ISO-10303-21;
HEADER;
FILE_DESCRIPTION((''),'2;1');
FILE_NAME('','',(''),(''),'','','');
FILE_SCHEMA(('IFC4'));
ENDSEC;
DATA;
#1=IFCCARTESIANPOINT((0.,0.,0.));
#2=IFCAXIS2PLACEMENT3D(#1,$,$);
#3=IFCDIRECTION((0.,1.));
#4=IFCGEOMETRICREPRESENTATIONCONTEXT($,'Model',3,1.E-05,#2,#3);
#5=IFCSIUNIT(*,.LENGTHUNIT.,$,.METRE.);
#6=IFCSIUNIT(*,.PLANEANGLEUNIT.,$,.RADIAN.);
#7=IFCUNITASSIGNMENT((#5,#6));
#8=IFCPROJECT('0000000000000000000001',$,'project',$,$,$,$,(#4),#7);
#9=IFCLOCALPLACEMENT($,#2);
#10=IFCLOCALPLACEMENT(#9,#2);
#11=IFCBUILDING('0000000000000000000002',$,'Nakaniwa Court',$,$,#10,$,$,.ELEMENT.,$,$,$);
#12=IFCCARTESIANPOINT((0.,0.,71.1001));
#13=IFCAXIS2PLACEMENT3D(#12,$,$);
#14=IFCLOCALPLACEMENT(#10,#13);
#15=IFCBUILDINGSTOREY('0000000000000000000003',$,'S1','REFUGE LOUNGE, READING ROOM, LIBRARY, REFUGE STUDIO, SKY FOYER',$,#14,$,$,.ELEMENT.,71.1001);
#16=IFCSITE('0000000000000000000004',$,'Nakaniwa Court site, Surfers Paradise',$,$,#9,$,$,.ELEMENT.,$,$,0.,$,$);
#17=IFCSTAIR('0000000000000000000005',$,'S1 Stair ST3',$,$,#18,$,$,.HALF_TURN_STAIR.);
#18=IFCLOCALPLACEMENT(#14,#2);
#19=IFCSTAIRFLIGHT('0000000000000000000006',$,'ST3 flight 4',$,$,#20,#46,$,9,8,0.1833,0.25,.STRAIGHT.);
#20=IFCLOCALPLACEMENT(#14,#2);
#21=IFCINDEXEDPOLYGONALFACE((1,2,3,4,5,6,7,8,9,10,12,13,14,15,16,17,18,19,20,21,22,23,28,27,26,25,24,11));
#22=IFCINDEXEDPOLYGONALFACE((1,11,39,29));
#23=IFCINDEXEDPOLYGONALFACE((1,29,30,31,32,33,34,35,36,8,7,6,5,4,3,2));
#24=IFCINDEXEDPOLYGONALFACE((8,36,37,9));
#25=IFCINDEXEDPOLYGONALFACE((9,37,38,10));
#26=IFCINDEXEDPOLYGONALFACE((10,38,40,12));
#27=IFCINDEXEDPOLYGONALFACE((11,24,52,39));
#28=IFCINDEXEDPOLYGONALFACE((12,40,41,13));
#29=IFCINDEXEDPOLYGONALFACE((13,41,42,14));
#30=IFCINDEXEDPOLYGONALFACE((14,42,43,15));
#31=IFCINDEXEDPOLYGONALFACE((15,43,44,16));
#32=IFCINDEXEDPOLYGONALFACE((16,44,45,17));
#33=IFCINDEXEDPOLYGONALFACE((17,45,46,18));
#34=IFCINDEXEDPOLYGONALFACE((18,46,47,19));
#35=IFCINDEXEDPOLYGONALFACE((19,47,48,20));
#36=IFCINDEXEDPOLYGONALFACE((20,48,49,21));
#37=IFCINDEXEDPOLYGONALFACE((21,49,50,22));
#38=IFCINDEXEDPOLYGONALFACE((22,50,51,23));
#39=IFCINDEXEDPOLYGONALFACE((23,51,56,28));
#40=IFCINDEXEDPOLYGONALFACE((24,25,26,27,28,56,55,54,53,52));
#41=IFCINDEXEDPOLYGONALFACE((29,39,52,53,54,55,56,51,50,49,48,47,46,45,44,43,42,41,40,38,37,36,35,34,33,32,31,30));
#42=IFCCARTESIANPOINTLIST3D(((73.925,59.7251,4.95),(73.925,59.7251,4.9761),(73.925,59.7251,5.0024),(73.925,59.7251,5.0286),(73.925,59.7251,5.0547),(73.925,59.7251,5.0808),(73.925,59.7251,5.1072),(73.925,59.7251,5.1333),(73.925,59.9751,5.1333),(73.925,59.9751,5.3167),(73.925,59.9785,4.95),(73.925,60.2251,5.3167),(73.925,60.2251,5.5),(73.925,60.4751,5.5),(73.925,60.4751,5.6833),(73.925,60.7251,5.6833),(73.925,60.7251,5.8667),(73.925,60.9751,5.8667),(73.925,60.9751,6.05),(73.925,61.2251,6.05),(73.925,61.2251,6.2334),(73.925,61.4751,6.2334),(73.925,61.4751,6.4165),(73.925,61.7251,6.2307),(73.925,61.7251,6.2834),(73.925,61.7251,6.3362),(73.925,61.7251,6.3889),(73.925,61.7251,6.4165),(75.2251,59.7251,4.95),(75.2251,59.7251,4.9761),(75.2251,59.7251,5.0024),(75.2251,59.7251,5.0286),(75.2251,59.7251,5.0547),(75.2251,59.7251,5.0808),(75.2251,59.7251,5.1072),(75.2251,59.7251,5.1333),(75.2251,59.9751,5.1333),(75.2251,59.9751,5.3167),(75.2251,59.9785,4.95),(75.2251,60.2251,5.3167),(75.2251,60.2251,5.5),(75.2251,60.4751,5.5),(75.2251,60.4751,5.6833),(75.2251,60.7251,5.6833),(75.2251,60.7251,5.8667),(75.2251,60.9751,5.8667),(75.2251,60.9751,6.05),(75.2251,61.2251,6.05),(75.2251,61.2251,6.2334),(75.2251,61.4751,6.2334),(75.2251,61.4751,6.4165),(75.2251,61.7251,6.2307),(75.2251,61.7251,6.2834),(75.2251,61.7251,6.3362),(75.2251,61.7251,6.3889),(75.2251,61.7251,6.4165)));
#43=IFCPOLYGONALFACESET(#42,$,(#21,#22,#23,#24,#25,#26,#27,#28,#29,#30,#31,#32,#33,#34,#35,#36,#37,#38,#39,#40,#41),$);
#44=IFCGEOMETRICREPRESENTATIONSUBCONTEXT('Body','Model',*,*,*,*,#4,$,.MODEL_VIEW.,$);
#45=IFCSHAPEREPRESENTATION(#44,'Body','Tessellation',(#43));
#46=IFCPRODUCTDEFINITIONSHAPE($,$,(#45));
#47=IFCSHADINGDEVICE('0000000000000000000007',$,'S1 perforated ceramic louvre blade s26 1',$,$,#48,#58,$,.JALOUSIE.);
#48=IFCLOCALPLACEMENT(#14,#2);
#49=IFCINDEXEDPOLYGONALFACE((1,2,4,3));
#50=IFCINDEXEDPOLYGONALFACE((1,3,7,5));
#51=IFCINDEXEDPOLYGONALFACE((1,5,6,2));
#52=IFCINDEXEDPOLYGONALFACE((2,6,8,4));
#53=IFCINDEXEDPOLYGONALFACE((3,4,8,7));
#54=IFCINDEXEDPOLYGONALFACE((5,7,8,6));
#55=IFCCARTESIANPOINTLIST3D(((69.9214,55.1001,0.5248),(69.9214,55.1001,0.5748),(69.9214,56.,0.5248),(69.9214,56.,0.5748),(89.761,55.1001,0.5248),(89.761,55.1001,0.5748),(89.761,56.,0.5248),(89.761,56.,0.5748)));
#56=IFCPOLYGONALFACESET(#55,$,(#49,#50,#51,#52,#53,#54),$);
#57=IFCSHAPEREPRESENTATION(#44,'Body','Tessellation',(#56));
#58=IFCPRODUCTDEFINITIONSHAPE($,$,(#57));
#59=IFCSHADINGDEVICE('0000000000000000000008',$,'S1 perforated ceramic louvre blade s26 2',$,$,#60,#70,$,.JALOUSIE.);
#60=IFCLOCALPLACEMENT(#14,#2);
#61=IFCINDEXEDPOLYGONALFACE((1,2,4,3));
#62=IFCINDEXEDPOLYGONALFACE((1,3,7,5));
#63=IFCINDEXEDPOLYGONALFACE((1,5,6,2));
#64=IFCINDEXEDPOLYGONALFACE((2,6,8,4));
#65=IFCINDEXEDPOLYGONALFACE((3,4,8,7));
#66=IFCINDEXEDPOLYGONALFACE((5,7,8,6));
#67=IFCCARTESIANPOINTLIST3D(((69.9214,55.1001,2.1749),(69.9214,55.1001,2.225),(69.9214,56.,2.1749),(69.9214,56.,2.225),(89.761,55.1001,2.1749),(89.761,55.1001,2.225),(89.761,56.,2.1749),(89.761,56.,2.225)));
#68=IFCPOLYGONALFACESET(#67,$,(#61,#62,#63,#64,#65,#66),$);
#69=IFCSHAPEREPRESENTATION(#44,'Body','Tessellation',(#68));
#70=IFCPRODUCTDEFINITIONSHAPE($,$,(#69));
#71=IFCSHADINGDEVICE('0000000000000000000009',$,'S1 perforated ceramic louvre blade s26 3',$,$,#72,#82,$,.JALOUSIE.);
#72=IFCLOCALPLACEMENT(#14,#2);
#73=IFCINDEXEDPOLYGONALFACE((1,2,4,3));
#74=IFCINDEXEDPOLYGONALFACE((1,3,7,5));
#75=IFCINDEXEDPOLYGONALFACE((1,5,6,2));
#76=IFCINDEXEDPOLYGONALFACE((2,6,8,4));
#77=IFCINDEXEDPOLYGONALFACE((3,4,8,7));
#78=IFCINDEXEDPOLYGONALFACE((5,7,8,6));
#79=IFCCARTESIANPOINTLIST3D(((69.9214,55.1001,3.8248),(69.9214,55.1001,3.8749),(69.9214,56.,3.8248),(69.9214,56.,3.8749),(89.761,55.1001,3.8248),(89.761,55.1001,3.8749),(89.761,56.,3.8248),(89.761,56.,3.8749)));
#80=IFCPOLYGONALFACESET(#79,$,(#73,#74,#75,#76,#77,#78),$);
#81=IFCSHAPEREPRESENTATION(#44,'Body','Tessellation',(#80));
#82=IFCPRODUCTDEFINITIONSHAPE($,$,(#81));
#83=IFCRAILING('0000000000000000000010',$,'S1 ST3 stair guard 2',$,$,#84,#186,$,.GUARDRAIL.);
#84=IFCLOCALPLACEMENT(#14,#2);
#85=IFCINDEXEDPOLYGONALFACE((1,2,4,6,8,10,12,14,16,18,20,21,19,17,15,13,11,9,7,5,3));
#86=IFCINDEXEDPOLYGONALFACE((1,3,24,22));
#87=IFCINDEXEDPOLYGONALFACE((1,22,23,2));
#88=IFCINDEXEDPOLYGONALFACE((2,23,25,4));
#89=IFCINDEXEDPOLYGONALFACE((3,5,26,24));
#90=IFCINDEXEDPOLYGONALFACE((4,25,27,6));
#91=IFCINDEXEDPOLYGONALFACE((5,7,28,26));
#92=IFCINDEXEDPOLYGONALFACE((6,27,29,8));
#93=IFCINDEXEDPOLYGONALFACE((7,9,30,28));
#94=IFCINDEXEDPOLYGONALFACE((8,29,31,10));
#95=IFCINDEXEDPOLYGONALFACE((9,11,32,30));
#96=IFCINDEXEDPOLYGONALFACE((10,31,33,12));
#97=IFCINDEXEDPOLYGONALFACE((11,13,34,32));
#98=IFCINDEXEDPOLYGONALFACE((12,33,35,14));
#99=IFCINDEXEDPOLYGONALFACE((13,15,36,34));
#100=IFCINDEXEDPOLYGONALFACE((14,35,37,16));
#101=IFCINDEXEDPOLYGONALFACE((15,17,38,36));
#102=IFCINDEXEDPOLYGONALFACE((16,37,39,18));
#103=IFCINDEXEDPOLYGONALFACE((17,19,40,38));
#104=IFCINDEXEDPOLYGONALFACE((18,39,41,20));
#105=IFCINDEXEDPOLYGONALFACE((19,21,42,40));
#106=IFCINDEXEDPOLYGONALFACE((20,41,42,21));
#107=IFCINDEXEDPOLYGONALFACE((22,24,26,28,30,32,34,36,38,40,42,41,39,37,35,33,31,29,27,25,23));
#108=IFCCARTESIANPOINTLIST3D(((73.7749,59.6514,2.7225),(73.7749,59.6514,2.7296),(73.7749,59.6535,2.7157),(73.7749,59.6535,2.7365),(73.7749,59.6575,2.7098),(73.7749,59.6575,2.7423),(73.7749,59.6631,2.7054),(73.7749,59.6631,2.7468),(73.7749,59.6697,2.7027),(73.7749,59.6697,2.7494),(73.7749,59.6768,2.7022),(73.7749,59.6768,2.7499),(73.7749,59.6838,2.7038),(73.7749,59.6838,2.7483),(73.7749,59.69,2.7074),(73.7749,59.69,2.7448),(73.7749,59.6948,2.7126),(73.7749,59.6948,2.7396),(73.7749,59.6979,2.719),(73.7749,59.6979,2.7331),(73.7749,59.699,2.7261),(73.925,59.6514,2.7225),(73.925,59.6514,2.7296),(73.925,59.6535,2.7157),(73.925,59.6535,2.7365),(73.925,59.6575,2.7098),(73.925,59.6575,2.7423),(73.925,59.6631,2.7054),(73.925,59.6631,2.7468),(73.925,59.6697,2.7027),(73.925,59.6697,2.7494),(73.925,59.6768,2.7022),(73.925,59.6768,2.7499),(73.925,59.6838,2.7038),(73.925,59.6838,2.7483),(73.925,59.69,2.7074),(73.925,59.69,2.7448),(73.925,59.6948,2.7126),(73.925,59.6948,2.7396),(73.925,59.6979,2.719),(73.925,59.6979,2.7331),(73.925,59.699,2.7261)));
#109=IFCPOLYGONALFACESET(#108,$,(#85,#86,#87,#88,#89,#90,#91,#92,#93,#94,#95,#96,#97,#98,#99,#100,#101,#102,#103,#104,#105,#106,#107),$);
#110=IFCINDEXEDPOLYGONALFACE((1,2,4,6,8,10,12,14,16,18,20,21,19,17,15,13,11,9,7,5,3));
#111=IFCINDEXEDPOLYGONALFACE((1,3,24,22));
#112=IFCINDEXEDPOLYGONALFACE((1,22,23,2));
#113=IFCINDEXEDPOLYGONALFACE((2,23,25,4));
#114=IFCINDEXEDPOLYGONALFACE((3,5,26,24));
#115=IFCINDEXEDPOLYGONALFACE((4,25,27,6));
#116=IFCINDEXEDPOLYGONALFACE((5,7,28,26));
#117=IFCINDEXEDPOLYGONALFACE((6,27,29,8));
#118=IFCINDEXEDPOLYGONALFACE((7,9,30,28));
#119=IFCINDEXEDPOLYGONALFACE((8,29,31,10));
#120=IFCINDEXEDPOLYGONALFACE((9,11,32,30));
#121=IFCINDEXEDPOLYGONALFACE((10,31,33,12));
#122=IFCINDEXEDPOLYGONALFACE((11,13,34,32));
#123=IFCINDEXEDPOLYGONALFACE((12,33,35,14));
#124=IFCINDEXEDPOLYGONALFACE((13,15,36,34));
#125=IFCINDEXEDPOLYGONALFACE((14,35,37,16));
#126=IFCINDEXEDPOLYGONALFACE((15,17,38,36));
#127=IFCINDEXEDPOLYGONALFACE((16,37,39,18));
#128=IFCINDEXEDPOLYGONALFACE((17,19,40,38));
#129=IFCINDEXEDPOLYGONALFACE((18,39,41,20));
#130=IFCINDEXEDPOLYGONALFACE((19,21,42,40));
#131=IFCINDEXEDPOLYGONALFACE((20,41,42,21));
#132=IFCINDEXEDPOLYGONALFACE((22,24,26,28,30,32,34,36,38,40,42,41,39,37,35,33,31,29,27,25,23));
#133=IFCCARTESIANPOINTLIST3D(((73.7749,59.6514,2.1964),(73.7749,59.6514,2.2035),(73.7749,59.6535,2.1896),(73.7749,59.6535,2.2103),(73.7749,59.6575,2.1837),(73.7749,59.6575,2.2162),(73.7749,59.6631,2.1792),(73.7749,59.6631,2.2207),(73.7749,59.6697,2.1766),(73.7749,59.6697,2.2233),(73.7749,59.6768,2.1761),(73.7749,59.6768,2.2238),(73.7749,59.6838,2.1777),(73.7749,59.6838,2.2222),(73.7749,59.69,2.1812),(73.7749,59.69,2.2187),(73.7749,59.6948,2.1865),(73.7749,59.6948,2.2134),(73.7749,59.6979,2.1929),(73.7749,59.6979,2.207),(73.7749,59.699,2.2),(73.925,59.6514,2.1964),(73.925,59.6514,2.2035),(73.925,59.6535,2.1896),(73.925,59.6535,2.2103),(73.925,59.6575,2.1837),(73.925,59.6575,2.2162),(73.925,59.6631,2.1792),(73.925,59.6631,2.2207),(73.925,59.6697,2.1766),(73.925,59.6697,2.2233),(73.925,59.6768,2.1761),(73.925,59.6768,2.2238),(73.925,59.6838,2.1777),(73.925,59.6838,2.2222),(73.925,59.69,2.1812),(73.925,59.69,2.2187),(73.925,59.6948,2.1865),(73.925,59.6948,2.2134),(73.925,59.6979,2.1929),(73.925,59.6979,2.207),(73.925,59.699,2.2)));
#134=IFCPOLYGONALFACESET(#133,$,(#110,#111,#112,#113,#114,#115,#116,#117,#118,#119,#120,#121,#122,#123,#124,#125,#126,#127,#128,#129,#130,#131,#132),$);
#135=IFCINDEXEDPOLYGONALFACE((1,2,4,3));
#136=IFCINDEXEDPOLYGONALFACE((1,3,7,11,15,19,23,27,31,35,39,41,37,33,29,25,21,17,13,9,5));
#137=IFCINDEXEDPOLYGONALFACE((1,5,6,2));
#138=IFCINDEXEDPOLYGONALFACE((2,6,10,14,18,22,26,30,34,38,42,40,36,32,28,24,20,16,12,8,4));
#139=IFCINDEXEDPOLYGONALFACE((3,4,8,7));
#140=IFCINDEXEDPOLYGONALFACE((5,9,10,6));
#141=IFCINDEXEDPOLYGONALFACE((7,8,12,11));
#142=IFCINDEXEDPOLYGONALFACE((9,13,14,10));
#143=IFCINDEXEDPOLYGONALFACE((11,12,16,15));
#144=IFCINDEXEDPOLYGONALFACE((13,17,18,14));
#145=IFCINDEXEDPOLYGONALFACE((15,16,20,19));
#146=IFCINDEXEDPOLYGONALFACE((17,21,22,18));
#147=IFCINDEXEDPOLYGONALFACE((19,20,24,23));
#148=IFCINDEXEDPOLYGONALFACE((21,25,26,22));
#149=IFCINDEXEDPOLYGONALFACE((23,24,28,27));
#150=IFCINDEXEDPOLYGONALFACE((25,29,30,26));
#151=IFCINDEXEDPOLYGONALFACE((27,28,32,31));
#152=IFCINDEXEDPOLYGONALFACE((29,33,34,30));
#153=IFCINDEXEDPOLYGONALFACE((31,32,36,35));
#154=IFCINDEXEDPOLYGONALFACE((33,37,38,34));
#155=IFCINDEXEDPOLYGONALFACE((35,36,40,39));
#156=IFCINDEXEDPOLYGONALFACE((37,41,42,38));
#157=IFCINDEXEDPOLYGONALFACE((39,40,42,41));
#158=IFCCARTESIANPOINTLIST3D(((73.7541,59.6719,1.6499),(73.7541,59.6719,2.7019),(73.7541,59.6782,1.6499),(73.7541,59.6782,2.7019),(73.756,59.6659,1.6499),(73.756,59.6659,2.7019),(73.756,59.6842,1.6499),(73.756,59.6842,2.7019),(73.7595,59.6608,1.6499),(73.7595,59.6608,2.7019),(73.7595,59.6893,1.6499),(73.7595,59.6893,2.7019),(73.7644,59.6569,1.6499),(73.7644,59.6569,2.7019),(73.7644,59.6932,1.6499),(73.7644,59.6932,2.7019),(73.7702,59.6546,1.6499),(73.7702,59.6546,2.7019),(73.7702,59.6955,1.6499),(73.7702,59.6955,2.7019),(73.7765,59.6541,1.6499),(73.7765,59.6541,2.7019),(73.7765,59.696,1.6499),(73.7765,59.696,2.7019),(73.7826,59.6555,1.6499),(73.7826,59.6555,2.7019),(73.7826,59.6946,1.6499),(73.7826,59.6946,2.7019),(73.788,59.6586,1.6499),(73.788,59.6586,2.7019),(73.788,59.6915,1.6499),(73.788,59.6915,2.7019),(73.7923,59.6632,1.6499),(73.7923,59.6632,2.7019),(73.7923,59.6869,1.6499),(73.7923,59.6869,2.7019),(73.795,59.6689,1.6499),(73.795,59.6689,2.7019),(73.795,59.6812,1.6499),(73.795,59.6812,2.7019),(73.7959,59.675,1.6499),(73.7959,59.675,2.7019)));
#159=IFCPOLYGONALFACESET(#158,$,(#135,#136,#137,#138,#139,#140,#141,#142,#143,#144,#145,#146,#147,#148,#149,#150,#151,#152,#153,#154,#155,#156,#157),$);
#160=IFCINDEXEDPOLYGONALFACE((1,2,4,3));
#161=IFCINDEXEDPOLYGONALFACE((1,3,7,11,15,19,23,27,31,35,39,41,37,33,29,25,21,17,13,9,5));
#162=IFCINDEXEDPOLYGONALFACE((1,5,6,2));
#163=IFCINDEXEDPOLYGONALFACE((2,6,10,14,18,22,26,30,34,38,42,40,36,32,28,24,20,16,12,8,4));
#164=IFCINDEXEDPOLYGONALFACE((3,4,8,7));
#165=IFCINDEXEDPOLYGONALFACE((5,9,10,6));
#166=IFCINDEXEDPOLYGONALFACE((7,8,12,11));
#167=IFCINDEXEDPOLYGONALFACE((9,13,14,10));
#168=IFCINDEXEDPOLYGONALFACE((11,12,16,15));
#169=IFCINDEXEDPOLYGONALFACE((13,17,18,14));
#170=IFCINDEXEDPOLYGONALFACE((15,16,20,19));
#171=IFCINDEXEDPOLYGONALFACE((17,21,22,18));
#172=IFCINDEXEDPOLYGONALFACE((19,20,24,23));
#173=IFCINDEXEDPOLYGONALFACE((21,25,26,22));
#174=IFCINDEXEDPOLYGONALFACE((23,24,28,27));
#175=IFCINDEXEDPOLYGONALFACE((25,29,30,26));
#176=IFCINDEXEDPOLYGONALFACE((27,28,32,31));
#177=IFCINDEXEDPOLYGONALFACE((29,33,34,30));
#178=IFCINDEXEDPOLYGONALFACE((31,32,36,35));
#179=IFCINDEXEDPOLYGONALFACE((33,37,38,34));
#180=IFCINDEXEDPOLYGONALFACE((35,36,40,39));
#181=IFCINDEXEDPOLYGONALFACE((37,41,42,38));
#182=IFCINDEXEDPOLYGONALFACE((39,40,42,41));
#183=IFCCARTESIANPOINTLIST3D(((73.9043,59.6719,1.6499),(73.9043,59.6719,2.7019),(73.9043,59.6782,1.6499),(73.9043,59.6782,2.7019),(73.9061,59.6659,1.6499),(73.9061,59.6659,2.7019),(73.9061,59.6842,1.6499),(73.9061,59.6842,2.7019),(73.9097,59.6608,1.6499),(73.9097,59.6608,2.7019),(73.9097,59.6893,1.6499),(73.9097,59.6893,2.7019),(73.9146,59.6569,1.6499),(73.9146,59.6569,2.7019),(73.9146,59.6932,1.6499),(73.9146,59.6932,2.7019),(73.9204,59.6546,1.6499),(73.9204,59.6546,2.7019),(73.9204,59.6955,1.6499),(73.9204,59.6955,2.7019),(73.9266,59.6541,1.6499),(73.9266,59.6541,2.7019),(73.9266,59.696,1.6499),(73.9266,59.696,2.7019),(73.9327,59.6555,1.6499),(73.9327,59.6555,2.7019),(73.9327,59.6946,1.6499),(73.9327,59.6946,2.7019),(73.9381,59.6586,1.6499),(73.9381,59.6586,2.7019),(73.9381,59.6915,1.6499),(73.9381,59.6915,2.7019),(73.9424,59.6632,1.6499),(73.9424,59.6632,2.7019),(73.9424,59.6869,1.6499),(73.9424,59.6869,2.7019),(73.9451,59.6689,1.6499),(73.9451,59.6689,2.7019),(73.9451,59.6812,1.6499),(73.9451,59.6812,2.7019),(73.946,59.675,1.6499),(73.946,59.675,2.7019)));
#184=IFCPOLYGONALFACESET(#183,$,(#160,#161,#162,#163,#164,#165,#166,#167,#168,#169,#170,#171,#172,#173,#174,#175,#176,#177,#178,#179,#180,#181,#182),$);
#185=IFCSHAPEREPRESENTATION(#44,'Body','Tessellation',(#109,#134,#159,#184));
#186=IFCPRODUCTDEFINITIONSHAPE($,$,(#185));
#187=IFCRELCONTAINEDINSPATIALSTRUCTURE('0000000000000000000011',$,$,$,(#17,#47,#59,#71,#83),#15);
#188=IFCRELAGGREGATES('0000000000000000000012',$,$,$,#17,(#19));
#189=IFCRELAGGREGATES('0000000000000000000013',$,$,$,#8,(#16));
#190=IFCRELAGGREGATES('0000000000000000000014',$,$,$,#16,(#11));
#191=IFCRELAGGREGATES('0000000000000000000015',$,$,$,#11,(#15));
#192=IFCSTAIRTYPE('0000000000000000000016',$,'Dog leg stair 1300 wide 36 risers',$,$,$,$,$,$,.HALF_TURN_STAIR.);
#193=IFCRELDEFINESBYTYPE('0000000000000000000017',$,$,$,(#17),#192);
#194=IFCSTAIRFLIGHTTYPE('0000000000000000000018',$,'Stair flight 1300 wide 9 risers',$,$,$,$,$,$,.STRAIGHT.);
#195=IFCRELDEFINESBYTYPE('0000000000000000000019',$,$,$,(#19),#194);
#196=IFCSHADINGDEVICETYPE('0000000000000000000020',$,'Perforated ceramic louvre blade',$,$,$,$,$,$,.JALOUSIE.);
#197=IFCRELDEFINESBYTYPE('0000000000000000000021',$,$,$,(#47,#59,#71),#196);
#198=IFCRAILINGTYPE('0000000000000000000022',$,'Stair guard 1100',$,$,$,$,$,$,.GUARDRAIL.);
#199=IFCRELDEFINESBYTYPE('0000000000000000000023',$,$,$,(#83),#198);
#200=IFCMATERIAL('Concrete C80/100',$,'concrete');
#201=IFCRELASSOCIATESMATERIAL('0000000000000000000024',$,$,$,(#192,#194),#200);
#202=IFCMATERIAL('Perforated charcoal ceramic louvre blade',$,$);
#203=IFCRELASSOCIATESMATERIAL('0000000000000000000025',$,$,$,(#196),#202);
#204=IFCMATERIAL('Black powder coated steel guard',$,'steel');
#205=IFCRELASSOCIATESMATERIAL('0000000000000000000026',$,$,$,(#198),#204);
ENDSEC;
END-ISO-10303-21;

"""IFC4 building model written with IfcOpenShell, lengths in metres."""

from ifc_helpers import new_model, si_unit, direction, frame, origin, origin_2d, place, context, subcontext, project, spatial, polyline, rectangle, circle, outline, extrude, material, material_profile, profile_set, type_object, element, aggregate, save


model = new_model("IFC4")

# Units and contexts
model_context = context("Model", 3, precision=1e-05, world=origin(), true_north=direction((0.0, 1.0)))
body_context = subcontext(model_context, "Body", "Model", "MODEL_VIEW")
ifc_project = project(units=[si_unit("LENGTHUNIT", "METRE"), si_unit("PLANEANGLEUNIT", "RADIAN")], contexts=[model_context])

# Site, building, storey
site_placement = place(None, origin())
site = spatial("IfcSite", under=ifc_project, at=site_placement, Name="Nakaniwa Court site, Surfers Paradise", CompositionType="ELEMENT", RefElevation=0.0)
building_placement = place(site_placement, origin())
building = spatial("IfcBuilding", under=site, at=building_placement, Name="Nakaniwa Court", CompositionType="ELEMENT")
storey_placement = place(building_placement, frame((0.0, 0.0, 71.1001)))
storey = spatial("IfcBuildingStorey", under=building, at=storey_placement, Name="S1", Description="REFUGE LOUNGE, READING ROOM, LIBRARY, REFUGE STUDIO, SKY FOYER", CompositionType="ELEMENT", Elevation=71.1001)

# Shared definitions
ifc_material_1 = material(Name="Concrete C80/100", Category="concrete")

# Stair, stair flight
stair_type = type_object("IfcStairType", Name="Dog leg stair 1300 wide 36 risers", PredefinedType="HALF_TURN_STAIR", material=ifc_material_1)
stair_placement = place(storey_placement, origin())
stair = element("IfcStair", 1, at=stair_placement, inside=storey, type_object=stair_type, Name="S1 Stair ST3", PredefinedType="HALF_TURN_STAIR")
stair_flight_type = type_object("IfcStairFlightType", Name="Stair flight 1300 wide 9 risers", PredefinedType="STRAIGHT", material=ifc_material_1)
stair_flight_1_placement = place(storey_placement, frame((74.575, 59.7251, 4.95), z_axis=(0.0, 0.0, 1.0), x_axis=(0.0, 1.0, 0.0)))
stair_flight_1 = element("IfcStairFlight", 2, at=stair_flight_1_placement, type_object=stair_flight_type, Name="ST3 flight 4", NumberOfRisers=9, NumberOfTreads=8, PredefinedType="STRAIGHT", RiserHeight=0.1833, TreadLength=0.25, context=body_context, shape_type="SweptSolid", body=[
    extrude(outline(polyline([(0.0, 0.0), (0.0, 0.0261), (0.0, 0.0525), (0.0, 0.0786), (0.0, 0.1047), (0.0, 0.1309), (0.0, 0.1572), (0.0, 0.1833), (0.25, 0.1833), (0.25, 0.3667), (0.5, 0.3667), (0.5, 0.55), (0.75, 0.55), (0.75, 0.7334), (1.0, 0.7334), (1.0, 0.9167), (1.25, 0.9167), (1.25, 1.1001), (1.5, 1.1001), (1.5, 1.2834), (1.75, 1.2834), (1.75, 1.4666), (2.0, 1.4666), (2.0, 1.6499), (2.0, 1.5972), (2.0, 1.5444), (2.0, 1.4917), (2.0, 1.439), (2.0, 1.3862), (2.0, 1.3335), (2.0, 1.2808), (0.2534, 0.0), (0.0, 0.0)])), frame((0.0, 0.6499, 0.0), z_axis=(0.0, -1.0, 0.0), x_axis=(1.0, 0.0, 0.0)), (0.0, 0.0, 1.0), 1.3),
])
aggregate(stair, [stair_flight_1])

# Shading devices
ifc_material_2 = material(Name="Perforated charcoal ceramic louvre blade")
ifc_material_profile_1 = material_profile(ifc_material_2, rectangle(XDim=0.8999, YDim=0.05, at=origin_2d()), Name="Perforated ceramic louvre blade")
ifc_profile_set_1 = profile_set([ifc_material_profile_1], Name="Perforated charcoal ceramic louvre blade")
shading_device_type = type_object("IfcShadingDeviceType", Name="Perforated ceramic louvre blade", PredefinedType="JALOUSIE", material=ifc_profile_set_1)
for number, where, z_axis, x_axis, name in (
    (3, (69.9214, 55.55, 0.5498), (1.0, 0.0, 0.0), (0.0, 1.0, 0.0), "S1 perforated ceramic louvre blade s26 1"),
    (4, (69.9214, 55.55, 2.2), (1.0, 0.0, 0.0), (0.0, 1.0, 0.0), "S1 perforated ceramic louvre blade s26 2"),
    (5, (69.9214, 55.55, 3.8499), (1.0, 0.0, 0.0), (0.0, 1.0, 0.0), "S1 perforated ceramic louvre blade s26 3"),
):
    element("IfcShadingDevice", number, at=place(storey_placement, frame(where, z_axis=z_axis, x_axis=x_axis)), inside=storey, type_object=shading_device_type, Name=name, PredefinedType="JALOUSIE", context=body_context, shape_type="SweptSolid", body=[
        extrude(rectangle(XDim=0.8999, YDim=0.05, at=origin_2d()), origin(), (0.0, 0.0, 1.0), 19.8396),
    ])

# Railing
ifc_material_3 = material(Name="Black powder coated steel guard", Category="steel")
railing_type_1 = type_object("IfcRailingType", Name="Stair guard 1100", PredefinedType="GUARDRAIL", material=ifc_material_3)
railing_1_placement = place(storey_placement, frame((73.7749, 59.675, 1.6499)))
element("IfcRailing", 6, at=railing_1_placement, inside=storey, type_object=railing_type_1, Name="S1 ST3 stair guard 2", PredefinedType="GUARDRAIL", context=body_context, shape_type="SweptSolid", body=[
    extrude(circle(Radius=0.0239, at=origin_2d()), frame((0.0, 0.0, 1.0762), z_axis=(1.0, 0.0, 0.0), x_axis=(0.0, 1.0, 0.0)), (0.0, 0.0, 1.0), 0.1501),
    extrude(circle(Radius=0.0239, at=origin_2d()), frame((0.0, 0.0, 0.55), z_axis=(1.0, 0.0, 0.0), x_axis=(0.0, 1.0, 0.0)), (0.0, 0.0, 1.0), 0.1501),
    extrude(circle(Radius=0.021, at=origin_2d()), origin(), (0.0, 0.0, 1.0), 1.052),
    extrude(circle(Radius=0.021, at=origin_2d()), frame((0.1501, 0.0, 0.0)), (0.0, 0.0, 1.0), 1.052),
])

save(model, "model.ifc")
